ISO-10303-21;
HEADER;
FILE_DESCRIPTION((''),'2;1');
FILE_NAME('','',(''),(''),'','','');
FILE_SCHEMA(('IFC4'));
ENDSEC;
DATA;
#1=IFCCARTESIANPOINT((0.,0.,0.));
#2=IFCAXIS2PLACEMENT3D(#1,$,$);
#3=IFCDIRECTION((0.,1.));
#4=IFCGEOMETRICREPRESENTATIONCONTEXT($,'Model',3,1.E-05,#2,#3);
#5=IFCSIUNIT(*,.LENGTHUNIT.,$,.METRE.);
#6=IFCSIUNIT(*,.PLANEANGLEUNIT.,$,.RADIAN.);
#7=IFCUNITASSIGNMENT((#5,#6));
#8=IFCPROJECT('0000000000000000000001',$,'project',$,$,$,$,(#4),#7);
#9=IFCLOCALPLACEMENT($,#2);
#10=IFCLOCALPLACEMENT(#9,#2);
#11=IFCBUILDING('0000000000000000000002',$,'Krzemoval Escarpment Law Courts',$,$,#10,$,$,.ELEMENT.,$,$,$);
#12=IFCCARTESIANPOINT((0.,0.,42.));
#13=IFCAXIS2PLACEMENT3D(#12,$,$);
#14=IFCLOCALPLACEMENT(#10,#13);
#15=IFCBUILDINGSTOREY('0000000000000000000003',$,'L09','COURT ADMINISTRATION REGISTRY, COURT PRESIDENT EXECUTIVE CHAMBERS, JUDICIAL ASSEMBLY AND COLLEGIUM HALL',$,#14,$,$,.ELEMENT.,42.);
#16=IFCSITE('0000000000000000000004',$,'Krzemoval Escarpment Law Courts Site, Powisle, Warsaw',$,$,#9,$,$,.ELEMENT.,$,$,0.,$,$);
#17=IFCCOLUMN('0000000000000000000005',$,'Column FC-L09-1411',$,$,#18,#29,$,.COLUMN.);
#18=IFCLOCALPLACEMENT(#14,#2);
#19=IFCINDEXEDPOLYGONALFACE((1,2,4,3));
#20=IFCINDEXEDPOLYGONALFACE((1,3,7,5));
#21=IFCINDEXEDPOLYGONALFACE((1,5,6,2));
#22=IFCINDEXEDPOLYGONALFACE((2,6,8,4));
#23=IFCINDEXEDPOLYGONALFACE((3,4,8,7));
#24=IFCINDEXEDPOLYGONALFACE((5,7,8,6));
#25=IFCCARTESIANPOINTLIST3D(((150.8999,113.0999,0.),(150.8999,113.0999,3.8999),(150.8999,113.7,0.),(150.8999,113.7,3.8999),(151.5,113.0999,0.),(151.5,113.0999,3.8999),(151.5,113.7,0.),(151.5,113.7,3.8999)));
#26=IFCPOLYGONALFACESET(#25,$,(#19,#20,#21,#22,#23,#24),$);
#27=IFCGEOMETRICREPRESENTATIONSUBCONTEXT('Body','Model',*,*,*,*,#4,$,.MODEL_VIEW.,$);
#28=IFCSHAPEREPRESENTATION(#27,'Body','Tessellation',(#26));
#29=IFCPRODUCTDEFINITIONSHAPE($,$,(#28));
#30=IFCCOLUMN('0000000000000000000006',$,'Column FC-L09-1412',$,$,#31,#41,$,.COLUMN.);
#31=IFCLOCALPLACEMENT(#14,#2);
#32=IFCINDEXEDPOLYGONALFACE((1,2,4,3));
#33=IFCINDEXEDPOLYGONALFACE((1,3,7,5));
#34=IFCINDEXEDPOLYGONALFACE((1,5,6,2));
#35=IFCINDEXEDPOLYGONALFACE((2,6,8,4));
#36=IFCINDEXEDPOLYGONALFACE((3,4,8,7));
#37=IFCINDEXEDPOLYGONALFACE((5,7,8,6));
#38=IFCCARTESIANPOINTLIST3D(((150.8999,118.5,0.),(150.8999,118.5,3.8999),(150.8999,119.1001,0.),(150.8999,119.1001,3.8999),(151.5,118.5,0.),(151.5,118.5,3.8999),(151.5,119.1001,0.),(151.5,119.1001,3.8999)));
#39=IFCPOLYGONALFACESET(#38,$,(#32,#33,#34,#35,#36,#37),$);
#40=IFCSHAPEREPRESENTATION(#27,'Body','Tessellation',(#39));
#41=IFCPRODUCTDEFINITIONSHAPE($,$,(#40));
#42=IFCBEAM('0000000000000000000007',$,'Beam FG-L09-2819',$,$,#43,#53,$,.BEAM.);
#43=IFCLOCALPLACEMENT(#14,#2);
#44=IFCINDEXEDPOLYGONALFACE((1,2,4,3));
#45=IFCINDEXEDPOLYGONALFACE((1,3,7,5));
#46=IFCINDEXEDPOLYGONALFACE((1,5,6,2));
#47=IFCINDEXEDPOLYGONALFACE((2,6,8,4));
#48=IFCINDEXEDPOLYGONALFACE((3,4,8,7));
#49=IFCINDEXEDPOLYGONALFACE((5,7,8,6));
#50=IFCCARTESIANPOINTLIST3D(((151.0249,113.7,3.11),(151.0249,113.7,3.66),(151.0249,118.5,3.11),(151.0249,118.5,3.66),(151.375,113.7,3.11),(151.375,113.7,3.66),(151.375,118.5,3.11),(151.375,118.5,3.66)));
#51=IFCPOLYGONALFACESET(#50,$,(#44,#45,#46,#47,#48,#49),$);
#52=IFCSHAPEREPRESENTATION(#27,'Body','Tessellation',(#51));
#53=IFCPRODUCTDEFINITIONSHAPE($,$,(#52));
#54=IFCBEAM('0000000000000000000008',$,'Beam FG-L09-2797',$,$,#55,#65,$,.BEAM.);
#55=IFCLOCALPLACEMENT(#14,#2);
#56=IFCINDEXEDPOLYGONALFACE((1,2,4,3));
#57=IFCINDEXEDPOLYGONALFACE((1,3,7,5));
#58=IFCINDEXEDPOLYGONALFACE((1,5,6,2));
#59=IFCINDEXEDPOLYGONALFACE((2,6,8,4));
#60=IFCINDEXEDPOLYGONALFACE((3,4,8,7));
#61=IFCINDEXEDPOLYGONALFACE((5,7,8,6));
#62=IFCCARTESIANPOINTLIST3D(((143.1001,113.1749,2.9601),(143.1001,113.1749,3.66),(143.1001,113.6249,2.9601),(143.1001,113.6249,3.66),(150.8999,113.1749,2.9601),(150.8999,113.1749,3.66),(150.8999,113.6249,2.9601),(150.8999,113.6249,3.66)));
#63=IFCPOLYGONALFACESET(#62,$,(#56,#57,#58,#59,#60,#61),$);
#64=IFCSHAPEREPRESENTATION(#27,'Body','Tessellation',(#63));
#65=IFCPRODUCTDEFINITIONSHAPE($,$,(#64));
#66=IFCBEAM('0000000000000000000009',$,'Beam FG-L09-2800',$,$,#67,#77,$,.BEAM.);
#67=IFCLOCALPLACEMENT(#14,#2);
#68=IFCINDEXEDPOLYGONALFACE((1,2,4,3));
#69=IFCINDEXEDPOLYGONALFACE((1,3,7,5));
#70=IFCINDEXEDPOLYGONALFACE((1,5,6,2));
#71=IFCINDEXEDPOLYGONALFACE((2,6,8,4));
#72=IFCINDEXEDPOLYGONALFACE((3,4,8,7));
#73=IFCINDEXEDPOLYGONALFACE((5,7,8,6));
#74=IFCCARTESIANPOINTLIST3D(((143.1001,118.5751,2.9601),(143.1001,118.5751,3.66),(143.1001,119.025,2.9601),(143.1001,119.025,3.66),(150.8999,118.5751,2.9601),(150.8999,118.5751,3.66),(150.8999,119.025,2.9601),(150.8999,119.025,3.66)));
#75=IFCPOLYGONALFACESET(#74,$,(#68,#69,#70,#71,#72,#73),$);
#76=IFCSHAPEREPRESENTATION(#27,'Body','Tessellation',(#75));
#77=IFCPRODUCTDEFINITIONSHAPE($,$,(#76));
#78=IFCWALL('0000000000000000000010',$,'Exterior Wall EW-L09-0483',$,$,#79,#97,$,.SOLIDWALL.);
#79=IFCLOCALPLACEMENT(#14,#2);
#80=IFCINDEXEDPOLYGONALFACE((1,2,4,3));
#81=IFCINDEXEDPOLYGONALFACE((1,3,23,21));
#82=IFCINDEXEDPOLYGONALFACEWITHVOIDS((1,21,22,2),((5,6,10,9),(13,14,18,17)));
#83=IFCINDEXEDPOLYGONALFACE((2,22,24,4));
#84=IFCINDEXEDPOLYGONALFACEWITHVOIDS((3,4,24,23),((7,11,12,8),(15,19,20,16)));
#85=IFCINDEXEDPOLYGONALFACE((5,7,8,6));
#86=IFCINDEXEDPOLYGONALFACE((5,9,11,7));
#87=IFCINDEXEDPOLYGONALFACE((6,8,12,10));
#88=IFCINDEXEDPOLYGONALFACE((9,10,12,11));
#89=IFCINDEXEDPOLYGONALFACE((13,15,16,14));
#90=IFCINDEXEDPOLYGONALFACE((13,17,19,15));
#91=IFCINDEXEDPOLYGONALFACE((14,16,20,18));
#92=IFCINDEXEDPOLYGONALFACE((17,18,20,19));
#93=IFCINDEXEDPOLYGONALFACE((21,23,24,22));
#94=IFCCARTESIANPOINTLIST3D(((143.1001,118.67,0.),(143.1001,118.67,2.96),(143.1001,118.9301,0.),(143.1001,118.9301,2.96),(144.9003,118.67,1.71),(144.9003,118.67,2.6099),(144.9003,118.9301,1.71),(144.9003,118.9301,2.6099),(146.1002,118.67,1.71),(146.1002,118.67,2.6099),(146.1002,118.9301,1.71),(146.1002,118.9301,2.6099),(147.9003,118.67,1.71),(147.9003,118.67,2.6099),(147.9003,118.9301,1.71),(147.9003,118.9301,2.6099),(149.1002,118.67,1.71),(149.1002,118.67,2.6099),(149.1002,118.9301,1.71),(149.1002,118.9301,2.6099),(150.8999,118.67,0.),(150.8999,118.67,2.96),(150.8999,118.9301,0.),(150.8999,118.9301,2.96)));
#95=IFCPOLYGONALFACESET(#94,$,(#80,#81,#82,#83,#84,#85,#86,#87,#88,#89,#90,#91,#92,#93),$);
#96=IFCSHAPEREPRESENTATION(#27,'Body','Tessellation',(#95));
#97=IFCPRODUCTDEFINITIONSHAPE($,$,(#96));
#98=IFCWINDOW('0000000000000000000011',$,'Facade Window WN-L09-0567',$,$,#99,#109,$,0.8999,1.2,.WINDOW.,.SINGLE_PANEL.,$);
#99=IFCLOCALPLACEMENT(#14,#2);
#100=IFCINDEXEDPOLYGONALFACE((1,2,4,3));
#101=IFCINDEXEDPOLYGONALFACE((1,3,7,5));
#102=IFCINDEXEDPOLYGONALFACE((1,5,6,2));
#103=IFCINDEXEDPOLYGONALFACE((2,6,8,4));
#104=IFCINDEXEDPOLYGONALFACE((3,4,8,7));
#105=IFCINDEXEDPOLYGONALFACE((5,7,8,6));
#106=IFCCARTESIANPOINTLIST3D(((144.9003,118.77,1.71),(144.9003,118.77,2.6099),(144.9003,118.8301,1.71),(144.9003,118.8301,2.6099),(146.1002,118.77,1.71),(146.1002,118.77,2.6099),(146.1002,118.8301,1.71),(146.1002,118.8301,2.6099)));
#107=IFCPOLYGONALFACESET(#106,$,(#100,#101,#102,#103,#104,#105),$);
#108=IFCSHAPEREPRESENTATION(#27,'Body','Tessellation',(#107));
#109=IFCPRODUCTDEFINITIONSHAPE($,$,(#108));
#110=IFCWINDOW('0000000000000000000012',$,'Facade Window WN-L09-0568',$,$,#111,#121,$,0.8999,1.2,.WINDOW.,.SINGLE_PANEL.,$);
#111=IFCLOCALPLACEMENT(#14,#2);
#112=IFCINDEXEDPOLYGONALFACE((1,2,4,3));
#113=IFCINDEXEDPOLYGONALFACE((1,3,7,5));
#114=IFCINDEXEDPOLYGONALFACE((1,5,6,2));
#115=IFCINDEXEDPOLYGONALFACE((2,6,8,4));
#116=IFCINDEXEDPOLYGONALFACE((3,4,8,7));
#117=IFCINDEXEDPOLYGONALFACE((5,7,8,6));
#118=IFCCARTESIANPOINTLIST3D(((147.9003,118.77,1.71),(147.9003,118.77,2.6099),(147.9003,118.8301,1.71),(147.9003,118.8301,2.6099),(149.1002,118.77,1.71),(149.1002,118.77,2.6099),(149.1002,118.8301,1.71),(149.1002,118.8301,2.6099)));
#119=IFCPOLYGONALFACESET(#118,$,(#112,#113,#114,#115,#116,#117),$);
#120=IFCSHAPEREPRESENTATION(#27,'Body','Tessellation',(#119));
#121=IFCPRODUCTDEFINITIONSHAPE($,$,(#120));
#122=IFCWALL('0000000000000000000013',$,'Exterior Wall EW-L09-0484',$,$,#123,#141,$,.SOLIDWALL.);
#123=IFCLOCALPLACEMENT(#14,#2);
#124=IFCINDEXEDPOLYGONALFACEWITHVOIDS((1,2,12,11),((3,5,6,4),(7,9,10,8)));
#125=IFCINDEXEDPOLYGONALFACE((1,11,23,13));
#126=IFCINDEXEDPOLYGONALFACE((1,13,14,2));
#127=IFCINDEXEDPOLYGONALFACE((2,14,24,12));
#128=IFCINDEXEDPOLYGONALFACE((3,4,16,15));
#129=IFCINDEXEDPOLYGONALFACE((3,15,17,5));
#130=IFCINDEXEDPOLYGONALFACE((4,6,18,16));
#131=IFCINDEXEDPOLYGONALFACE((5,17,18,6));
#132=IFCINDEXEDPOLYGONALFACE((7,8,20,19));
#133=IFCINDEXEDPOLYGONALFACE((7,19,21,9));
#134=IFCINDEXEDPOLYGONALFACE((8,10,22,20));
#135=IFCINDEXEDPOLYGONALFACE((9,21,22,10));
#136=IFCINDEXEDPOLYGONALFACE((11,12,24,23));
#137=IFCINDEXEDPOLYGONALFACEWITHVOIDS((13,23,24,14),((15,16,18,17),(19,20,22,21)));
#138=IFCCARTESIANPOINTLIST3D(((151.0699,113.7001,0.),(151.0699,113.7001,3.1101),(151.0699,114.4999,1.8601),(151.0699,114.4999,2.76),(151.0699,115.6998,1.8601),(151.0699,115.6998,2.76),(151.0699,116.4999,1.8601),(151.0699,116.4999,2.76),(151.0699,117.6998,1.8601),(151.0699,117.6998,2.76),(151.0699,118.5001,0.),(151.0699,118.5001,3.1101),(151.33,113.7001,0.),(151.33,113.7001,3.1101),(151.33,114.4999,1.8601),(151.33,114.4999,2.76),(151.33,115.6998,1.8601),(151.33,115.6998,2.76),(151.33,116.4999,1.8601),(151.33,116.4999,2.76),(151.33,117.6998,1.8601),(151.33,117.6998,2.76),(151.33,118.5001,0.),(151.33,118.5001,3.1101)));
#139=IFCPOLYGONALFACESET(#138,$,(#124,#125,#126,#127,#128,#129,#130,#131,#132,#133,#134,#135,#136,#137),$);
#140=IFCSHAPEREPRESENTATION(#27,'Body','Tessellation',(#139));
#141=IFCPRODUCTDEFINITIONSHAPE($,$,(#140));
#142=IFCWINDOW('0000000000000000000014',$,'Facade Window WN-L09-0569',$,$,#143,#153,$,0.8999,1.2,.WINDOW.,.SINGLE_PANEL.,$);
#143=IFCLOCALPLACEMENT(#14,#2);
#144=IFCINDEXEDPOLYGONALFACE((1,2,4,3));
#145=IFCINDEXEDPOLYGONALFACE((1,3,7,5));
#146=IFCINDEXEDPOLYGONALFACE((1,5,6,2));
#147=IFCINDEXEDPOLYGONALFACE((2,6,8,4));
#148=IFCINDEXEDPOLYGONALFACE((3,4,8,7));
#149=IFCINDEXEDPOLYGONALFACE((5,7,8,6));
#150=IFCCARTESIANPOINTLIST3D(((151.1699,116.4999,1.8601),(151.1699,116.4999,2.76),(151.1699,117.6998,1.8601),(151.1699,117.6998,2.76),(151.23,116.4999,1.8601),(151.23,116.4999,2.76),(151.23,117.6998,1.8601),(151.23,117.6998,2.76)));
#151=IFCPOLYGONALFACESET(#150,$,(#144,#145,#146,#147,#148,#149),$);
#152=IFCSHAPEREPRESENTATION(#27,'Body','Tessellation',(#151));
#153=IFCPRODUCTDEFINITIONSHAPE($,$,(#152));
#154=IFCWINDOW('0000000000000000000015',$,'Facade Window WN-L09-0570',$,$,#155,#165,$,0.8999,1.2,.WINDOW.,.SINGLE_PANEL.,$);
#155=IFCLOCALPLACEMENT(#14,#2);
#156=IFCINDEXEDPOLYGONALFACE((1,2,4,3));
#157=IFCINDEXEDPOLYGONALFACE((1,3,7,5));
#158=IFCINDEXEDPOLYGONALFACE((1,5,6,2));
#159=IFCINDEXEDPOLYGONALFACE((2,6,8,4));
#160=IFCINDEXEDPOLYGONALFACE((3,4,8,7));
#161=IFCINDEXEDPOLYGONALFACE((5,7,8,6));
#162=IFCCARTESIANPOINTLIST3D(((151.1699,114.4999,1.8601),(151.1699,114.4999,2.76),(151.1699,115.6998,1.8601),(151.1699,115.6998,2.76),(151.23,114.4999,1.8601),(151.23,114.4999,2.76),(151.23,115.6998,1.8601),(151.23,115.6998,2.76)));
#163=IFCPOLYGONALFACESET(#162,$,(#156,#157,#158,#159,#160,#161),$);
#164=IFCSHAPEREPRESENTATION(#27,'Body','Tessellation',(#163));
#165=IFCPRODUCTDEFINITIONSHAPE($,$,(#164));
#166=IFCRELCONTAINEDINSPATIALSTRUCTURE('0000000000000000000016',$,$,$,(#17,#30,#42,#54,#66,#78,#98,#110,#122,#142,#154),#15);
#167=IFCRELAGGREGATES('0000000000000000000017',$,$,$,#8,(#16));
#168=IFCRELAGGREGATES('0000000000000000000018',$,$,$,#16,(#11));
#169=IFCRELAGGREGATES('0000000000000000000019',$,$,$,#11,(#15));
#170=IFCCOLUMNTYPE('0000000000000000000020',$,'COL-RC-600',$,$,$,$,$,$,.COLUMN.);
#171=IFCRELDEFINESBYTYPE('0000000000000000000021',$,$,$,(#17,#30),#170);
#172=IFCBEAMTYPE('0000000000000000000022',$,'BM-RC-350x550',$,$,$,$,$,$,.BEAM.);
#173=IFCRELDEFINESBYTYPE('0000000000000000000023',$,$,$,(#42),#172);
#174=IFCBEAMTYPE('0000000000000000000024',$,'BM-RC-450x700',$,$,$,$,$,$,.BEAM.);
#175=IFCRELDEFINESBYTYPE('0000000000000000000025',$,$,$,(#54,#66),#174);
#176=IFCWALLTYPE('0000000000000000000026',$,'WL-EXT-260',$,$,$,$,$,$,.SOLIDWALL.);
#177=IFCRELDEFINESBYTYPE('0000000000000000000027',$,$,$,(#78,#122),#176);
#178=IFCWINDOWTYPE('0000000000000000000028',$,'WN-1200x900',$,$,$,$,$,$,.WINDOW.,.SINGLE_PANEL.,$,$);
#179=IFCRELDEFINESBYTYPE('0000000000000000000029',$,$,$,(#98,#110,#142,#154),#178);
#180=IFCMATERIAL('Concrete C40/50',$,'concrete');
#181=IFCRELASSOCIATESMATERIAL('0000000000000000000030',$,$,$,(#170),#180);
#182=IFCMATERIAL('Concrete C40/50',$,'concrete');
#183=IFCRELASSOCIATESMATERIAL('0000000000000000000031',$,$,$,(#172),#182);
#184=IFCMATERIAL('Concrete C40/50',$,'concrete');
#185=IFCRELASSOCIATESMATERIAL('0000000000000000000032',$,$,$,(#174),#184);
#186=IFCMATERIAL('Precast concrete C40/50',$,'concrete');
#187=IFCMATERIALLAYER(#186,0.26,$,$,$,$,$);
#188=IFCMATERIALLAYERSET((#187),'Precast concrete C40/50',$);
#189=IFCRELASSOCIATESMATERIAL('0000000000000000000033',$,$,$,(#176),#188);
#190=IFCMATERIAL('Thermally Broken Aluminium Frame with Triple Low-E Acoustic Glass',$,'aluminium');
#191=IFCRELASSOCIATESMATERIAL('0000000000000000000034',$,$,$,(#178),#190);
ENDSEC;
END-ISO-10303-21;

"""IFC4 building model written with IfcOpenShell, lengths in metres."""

from ifc_helpers import new_model, si_unit, direction, frame, frame_2d, origin, origin_2d, place, context, subcontext, project, spatial, rectangle, extrude, material, layer, layer_set, material_profile, profile_set, type_object, element, fill, save


model = new_model("IFC4")

# Units and contexts
model_context = context("Model", 3, precision=1e-05, world=origin(), true_north=direction((0.0, 1.0)))
body_context = subcontext(model_context, "Body", "Model", "MODEL_VIEW")
ifc_project = project(units=[si_unit("LENGTHUNIT", "METRE"), si_unit("PLANEANGLEUNIT", "RADIAN")], contexts=[model_context])

# Site, building, storey
site_placement = place(None, origin())
site = spatial("IfcSite", under=ifc_project, at=site_placement, Name="Krzemoval Escarpment Law Courts Site, Powisle, Warsaw", CompositionType="ELEMENT", RefElevation=0.0)
building_placement = place(site_placement, origin())
building = spatial("IfcBuilding", under=site, at=building_placement, Name="Krzemoval Escarpment Law Courts", CompositionType="ELEMENT")
storey_placement = place(building_placement, frame((0.0, 0.0, 42.0)))
storey = spatial("IfcBuildingStorey", under=building, at=storey_placement, Name="L09", Description="COURT ADMINISTRATION REGISTRY, COURT PRESIDENT EXECUTIVE CHAMBERS, JUDICIAL ASSEMBLY AND COLLEGIUM HALL", CompositionType="ELEMENT", Elevation=42.0)

# Columns
ifc_material_1 = material(Name="Concrete C40/50", Category="concrete")
ifc_material_profile_1 = material_profile(ifc_material_1, rectangle(XDim=0.6001, YDim=0.6001, at=origin_2d()), Name="RC 600x600")
ifc_profile_set_1 = profile_set([ifc_material_profile_1], Name="Concrete C40/50")
column_type = type_object("IfcColumnType", Name="COL-RC-600", PredefinedType="COLUMN", material=ifc_profile_set_1)
for number, where, z_axis, x_axis, name in (
    (1, (151.2, 113.3999, 0.0), (0.0, 0.0, 1.0), (1.0, 0.0, 0.0), "Column FC-L09-1411"),
    (2, (151.2, 118.8, 0.0), (0.0, 0.0, 1.0), (1.0, 0.0, 0.0), "Column FC-L09-1412"),
):
    element("IfcColumn", number, at=place(storey_placement, frame(where, z_axis=z_axis, x_axis=x_axis)), inside=storey, type_object=column_type, Name=name, PredefinedType="COLUMN", context=body_context, shape_type="SweptSolid", body=[
        extrude(rectangle(XDim=0.6001, YDim=0.6001, at=origin_2d()), origin(), (0.0, 0.0, 1.0), 3.8999),
    ])

# Beams
ifc_material_2 = material(Name="Concrete C40/50", Category="concrete")
ifc_material_profile_2 = material_profile(ifc_material_2, rectangle(XDim=0.3501, YDim=0.55, at=origin_2d()), Name="RCB 350x550")
ifc_profile_set_2 = profile_set([ifc_material_profile_2], Name="Concrete C40/50")
beam_type_1 = type_object("IfcBeamType", Name="BM-RC-350x550", PredefinedType="BEAM", material=ifc_profile_set_2)
beam_placement = place(storey_placement, frame((151.2, 113.7, 3.385), z_axis=(0.0, 1.0, 0.0), x_axis=(-1.0, 0.0, 0.0)))
element("IfcBeam", 3, at=beam_placement, inside=storey, type_object=beam_type_1, Name="Beam FG-L09-2819", PredefinedType="BEAM", context=body_context, shape_type="SweptSolid", body=[
    extrude(rectangle(XDim=0.3501, YDim=0.55, at=origin_2d()), origin(), (0.0, 0.0, 1.0), 4.8),
])
ifc_material_3 = material(Name="Concrete C40/50", Category="concrete")
ifc_material_profile_3 = material_profile(ifc_material_3, rectangle(XDim=0.45, YDim=0.7, at=origin_2d()), Name="RCB 450x700")
ifc_profile_set_3 = profile_set([ifc_material_profile_3], Name="Concrete C40/50")
beam_type_2 = type_object("IfcBeamType", Name="BM-RC-450x700", PredefinedType="BEAM", material=ifc_profile_set_3)
for number, where, z_axis, x_axis, name in (
    (4, (143.1001, 113.3999, 3.3101), (1.0, 0.0, 0.0), (0.0, 1.0, 0.0), "Beam FG-L09-2797"),
    (5, (143.1001, 118.8, 3.3101), (1.0, 0.0, 0.0), (0.0, 1.0, 0.0), "Beam FG-L09-2800"),
):
    element("IfcBeam", number, at=place(storey_placement, frame(where, z_axis=z_axis, x_axis=x_axis)), inside=storey, type_object=beam_type_2, Name=name, PredefinedType="BEAM", context=body_context, shape_type="SweptSolid", body=[
        extrude(rectangle(XDim=0.45, YDim=0.7, at=origin_2d()), origin(), (0.0, 0.0, 1.0), 7.7998),
    ])

# Walls, openings, windows
ifc_material_4 = material(Name="Precast concrete C40/50", Category="concrete")
ifc_layer_1 = layer(ifc_material_4, 0.26)
ifc_layer_set_1 = layer_set([ifc_layer_1], Name="Precast concrete C40/50")
wall_type_1 = type_object("IfcWallType", Name="WL-EXT-260", PredefinedType="SOLIDWALL", material=ifc_layer_set_1)
wall_1_placement = place(storey_placement, frame((143.1001, 118.8, 0.0), z_axis=(0.0, 0.0, 1.0), x_axis=(1.0, 0.0, 0.0)))
wall_1 = element("IfcWall", 6, at=wall_1_placement, inside=storey, type_object=wall_type_1, Name="Exterior Wall EW-L09-0483", PredefinedType="SOLIDWALL", context=body_context, shape_type="SweptSolid", body=[
    extrude(rectangle(XDim=7.7998, YDim=0.26, at=frame_2d((3.8999, 0.0))), origin(), (0.0, 0.0, 1.0), 2.96),
])
opening_1_placement = place(wall_1_placement, frame((1.8, 0.0, 1.71)))
opening_1 = element("IfcOpeningElement", 7, at=opening_1_placement, cuts=wall_1, PredefinedType="OPENING", context=body_context, shape_type="SweptSolid", body=[
    extrude(rectangle(XDim=1.2, YDim=0.8999, at=frame_2d((0.6001, 0.45))), frame((0.0, 0.145, 0.0), z_axis=(0.0, -1.0, 0.0), x_axis=(1.0, 0.0, 0.0)), (0.0, 0.0, 1.0), 0.29),
])
opening_2_placement = place(wall_1_placement, frame((4.8, 0.0, 1.71)))
opening_2 = element("IfcOpeningElement", 8, at=opening_2_placement, cuts=wall_1, PredefinedType="OPENING", context=body_context, shape_type="SweptSolid", body=[
    extrude(rectangle(XDim=1.2, YDim=0.8999, at=frame_2d((0.6001, 0.45))), frame((0.0, 0.145, 0.0), z_axis=(0.0, -1.0, 0.0), x_axis=(1.0, 0.0, 0.0)), (0.0, 0.0, 1.0), 0.29),
])
ifc_material_5 = material(Name="Thermally Broken Aluminium Frame with Triple Low-E Acoustic Glass", Category="aluminium")
window_type = type_object("IfcWindowType", Name="WN-1200x900", PartitioningType="SINGLE_PANEL", PredefinedType="WINDOW", material=ifc_material_5)
window_1_placement = place(opening_1_placement, origin())
window_1 = element("IfcWindow", 9, at=window_1_placement, inside=storey, type_object=window_type, Name="Facade Window WN-L09-0567", OverallHeight=0.8999, OverallWidth=1.2, PartitioningType="SINGLE_PANEL", PredefinedType="WINDOW", context=body_context, shape_type="SweptSolid", body=[
    extrude(rectangle(XDim=1.2, YDim=0.8999, at=frame_2d((0.6001, 0.45))), frame((0.0, 0.03, 0.0), z_axis=(0.0, -1.0, 0.0), x_axis=(1.0, 0.0, 0.0)), (0.0, 0.0, 1.0), 0.0601),
])
fill(opening_1, window_1)
window_2_placement = place(opening_2_placement, origin())
window_2 = element("IfcWindow", 10, at=window_2_placement, inside=storey, type_object=window_type, Name="Facade Window WN-L09-0568", OverallHeight=0.8999, OverallWidth=1.2, PartitioningType="SINGLE_PANEL", PredefinedType="WINDOW", context=body_context, shape_type="SweptSolid", body=[
    extrude(rectangle(XDim=1.2, YDim=0.8999, at=frame_2d((0.6001, 0.45))), frame((0.0, 0.03, 0.0), z_axis=(0.0, -1.0, 0.0), x_axis=(1.0, 0.0, 0.0)), (0.0, 0.0, 1.0), 0.0601),
])
fill(opening_2, window_2)
wall_2_placement = place(storey_placement, frame((151.2, 118.5, 0.0), z_axis=(0.0, 0.0, 1.0), x_axis=(0.0, -1.0, 0.0)))
wall_2 = element("IfcWall", 11, at=wall_2_placement, inside=storey, type_object=wall_type_1, Name="Exterior Wall EW-L09-0484", PredefinedType="SOLIDWALL", context=body_context, shape_type="SweptSolid", body=[
    extrude(rectangle(XDim=4.8, YDim=0.26, at=frame_2d((2.3999, 0.0))), origin(), (0.0, 0.0, 1.0), 3.1101),
])
opening_3_placement = place(wall_2_placement, frame((0.8, 0.0, 1.8601)))
opening_3 = element("IfcOpeningElement", 12, at=opening_3_placement, cuts=wall_2, PredefinedType="OPENING", context=body_context, shape_type="SweptSolid", body=[
    extrude(rectangle(XDim=1.2, YDim=0.8999, at=frame_2d((0.6001, 0.45))), frame((0.0, 0.145, 0.0), z_axis=(0.0, -1.0, 0.0), x_axis=(1.0, 0.0, 0.0)), (0.0, 0.0, 1.0), 0.29),
])
opening_4_placement = place(wall_2_placement, frame((2.8, 0.0, 1.8601)))
opening_4 = element("IfcOpeningElement", 13, at=opening_4_placement, cuts=wall_2, PredefinedType="OPENING", context=body_context, shape_type="SweptSolid", body=[
    extrude(rectangle(XDim=1.2, YDim=0.8999, at=frame_2d((0.6001, 0.45))), frame((0.0, 0.145, 0.0), z_axis=(0.0, -1.0, 0.0), x_axis=(1.0, 0.0, 0.0)), (0.0, 0.0, 1.0), 0.29),
])
window_3_placement = place(opening_3_placement, origin())
window_3 = element("IfcWindow", 14, at=window_3_placement, inside=storey, type_object=window_type, Name="Facade Window WN-L09-0569", OverallHeight=0.8999, OverallWidth=1.2, PartitioningType="SINGLE_PANEL", PredefinedType="WINDOW", context=body_context, shape_type="SweptSolid", body=[
    extrude(rectangle(XDim=1.2, YDim=0.8999, at=frame_2d((0.6001, 0.45))), frame((0.0, 0.03, 0.0), z_axis=(0.0, -1.0, 0.0), x_axis=(1.0, 0.0, 0.0)), (0.0, 0.0, 1.0), 0.0601),
])
fill(opening_3, window_3)
window_4_placement = place(opening_4_placement, origin())
window_4 = element("IfcWindow", 15, at=window_4_placement, inside=storey, type_object=window_type, Name="Facade Window WN-L09-0570", OverallHeight=0.8999, OverallWidth=1.2, PartitioningType="SINGLE_PANEL", PredefinedType="WINDOW", context=body_context, shape_type="SweptSolid", body=[
    extrude(rectangle(XDim=1.2, YDim=0.8999, at=frame_2d((0.6001, 0.45))), frame((0.0, 0.03, 0.0), z_axis=(0.0, -1.0, 0.0), x_axis=(1.0, 0.0, 0.0)), (0.0, 0.0, 1.0), 0.0601),
])
fill(opening_4, window_4)

save(model, "model.ifc")
